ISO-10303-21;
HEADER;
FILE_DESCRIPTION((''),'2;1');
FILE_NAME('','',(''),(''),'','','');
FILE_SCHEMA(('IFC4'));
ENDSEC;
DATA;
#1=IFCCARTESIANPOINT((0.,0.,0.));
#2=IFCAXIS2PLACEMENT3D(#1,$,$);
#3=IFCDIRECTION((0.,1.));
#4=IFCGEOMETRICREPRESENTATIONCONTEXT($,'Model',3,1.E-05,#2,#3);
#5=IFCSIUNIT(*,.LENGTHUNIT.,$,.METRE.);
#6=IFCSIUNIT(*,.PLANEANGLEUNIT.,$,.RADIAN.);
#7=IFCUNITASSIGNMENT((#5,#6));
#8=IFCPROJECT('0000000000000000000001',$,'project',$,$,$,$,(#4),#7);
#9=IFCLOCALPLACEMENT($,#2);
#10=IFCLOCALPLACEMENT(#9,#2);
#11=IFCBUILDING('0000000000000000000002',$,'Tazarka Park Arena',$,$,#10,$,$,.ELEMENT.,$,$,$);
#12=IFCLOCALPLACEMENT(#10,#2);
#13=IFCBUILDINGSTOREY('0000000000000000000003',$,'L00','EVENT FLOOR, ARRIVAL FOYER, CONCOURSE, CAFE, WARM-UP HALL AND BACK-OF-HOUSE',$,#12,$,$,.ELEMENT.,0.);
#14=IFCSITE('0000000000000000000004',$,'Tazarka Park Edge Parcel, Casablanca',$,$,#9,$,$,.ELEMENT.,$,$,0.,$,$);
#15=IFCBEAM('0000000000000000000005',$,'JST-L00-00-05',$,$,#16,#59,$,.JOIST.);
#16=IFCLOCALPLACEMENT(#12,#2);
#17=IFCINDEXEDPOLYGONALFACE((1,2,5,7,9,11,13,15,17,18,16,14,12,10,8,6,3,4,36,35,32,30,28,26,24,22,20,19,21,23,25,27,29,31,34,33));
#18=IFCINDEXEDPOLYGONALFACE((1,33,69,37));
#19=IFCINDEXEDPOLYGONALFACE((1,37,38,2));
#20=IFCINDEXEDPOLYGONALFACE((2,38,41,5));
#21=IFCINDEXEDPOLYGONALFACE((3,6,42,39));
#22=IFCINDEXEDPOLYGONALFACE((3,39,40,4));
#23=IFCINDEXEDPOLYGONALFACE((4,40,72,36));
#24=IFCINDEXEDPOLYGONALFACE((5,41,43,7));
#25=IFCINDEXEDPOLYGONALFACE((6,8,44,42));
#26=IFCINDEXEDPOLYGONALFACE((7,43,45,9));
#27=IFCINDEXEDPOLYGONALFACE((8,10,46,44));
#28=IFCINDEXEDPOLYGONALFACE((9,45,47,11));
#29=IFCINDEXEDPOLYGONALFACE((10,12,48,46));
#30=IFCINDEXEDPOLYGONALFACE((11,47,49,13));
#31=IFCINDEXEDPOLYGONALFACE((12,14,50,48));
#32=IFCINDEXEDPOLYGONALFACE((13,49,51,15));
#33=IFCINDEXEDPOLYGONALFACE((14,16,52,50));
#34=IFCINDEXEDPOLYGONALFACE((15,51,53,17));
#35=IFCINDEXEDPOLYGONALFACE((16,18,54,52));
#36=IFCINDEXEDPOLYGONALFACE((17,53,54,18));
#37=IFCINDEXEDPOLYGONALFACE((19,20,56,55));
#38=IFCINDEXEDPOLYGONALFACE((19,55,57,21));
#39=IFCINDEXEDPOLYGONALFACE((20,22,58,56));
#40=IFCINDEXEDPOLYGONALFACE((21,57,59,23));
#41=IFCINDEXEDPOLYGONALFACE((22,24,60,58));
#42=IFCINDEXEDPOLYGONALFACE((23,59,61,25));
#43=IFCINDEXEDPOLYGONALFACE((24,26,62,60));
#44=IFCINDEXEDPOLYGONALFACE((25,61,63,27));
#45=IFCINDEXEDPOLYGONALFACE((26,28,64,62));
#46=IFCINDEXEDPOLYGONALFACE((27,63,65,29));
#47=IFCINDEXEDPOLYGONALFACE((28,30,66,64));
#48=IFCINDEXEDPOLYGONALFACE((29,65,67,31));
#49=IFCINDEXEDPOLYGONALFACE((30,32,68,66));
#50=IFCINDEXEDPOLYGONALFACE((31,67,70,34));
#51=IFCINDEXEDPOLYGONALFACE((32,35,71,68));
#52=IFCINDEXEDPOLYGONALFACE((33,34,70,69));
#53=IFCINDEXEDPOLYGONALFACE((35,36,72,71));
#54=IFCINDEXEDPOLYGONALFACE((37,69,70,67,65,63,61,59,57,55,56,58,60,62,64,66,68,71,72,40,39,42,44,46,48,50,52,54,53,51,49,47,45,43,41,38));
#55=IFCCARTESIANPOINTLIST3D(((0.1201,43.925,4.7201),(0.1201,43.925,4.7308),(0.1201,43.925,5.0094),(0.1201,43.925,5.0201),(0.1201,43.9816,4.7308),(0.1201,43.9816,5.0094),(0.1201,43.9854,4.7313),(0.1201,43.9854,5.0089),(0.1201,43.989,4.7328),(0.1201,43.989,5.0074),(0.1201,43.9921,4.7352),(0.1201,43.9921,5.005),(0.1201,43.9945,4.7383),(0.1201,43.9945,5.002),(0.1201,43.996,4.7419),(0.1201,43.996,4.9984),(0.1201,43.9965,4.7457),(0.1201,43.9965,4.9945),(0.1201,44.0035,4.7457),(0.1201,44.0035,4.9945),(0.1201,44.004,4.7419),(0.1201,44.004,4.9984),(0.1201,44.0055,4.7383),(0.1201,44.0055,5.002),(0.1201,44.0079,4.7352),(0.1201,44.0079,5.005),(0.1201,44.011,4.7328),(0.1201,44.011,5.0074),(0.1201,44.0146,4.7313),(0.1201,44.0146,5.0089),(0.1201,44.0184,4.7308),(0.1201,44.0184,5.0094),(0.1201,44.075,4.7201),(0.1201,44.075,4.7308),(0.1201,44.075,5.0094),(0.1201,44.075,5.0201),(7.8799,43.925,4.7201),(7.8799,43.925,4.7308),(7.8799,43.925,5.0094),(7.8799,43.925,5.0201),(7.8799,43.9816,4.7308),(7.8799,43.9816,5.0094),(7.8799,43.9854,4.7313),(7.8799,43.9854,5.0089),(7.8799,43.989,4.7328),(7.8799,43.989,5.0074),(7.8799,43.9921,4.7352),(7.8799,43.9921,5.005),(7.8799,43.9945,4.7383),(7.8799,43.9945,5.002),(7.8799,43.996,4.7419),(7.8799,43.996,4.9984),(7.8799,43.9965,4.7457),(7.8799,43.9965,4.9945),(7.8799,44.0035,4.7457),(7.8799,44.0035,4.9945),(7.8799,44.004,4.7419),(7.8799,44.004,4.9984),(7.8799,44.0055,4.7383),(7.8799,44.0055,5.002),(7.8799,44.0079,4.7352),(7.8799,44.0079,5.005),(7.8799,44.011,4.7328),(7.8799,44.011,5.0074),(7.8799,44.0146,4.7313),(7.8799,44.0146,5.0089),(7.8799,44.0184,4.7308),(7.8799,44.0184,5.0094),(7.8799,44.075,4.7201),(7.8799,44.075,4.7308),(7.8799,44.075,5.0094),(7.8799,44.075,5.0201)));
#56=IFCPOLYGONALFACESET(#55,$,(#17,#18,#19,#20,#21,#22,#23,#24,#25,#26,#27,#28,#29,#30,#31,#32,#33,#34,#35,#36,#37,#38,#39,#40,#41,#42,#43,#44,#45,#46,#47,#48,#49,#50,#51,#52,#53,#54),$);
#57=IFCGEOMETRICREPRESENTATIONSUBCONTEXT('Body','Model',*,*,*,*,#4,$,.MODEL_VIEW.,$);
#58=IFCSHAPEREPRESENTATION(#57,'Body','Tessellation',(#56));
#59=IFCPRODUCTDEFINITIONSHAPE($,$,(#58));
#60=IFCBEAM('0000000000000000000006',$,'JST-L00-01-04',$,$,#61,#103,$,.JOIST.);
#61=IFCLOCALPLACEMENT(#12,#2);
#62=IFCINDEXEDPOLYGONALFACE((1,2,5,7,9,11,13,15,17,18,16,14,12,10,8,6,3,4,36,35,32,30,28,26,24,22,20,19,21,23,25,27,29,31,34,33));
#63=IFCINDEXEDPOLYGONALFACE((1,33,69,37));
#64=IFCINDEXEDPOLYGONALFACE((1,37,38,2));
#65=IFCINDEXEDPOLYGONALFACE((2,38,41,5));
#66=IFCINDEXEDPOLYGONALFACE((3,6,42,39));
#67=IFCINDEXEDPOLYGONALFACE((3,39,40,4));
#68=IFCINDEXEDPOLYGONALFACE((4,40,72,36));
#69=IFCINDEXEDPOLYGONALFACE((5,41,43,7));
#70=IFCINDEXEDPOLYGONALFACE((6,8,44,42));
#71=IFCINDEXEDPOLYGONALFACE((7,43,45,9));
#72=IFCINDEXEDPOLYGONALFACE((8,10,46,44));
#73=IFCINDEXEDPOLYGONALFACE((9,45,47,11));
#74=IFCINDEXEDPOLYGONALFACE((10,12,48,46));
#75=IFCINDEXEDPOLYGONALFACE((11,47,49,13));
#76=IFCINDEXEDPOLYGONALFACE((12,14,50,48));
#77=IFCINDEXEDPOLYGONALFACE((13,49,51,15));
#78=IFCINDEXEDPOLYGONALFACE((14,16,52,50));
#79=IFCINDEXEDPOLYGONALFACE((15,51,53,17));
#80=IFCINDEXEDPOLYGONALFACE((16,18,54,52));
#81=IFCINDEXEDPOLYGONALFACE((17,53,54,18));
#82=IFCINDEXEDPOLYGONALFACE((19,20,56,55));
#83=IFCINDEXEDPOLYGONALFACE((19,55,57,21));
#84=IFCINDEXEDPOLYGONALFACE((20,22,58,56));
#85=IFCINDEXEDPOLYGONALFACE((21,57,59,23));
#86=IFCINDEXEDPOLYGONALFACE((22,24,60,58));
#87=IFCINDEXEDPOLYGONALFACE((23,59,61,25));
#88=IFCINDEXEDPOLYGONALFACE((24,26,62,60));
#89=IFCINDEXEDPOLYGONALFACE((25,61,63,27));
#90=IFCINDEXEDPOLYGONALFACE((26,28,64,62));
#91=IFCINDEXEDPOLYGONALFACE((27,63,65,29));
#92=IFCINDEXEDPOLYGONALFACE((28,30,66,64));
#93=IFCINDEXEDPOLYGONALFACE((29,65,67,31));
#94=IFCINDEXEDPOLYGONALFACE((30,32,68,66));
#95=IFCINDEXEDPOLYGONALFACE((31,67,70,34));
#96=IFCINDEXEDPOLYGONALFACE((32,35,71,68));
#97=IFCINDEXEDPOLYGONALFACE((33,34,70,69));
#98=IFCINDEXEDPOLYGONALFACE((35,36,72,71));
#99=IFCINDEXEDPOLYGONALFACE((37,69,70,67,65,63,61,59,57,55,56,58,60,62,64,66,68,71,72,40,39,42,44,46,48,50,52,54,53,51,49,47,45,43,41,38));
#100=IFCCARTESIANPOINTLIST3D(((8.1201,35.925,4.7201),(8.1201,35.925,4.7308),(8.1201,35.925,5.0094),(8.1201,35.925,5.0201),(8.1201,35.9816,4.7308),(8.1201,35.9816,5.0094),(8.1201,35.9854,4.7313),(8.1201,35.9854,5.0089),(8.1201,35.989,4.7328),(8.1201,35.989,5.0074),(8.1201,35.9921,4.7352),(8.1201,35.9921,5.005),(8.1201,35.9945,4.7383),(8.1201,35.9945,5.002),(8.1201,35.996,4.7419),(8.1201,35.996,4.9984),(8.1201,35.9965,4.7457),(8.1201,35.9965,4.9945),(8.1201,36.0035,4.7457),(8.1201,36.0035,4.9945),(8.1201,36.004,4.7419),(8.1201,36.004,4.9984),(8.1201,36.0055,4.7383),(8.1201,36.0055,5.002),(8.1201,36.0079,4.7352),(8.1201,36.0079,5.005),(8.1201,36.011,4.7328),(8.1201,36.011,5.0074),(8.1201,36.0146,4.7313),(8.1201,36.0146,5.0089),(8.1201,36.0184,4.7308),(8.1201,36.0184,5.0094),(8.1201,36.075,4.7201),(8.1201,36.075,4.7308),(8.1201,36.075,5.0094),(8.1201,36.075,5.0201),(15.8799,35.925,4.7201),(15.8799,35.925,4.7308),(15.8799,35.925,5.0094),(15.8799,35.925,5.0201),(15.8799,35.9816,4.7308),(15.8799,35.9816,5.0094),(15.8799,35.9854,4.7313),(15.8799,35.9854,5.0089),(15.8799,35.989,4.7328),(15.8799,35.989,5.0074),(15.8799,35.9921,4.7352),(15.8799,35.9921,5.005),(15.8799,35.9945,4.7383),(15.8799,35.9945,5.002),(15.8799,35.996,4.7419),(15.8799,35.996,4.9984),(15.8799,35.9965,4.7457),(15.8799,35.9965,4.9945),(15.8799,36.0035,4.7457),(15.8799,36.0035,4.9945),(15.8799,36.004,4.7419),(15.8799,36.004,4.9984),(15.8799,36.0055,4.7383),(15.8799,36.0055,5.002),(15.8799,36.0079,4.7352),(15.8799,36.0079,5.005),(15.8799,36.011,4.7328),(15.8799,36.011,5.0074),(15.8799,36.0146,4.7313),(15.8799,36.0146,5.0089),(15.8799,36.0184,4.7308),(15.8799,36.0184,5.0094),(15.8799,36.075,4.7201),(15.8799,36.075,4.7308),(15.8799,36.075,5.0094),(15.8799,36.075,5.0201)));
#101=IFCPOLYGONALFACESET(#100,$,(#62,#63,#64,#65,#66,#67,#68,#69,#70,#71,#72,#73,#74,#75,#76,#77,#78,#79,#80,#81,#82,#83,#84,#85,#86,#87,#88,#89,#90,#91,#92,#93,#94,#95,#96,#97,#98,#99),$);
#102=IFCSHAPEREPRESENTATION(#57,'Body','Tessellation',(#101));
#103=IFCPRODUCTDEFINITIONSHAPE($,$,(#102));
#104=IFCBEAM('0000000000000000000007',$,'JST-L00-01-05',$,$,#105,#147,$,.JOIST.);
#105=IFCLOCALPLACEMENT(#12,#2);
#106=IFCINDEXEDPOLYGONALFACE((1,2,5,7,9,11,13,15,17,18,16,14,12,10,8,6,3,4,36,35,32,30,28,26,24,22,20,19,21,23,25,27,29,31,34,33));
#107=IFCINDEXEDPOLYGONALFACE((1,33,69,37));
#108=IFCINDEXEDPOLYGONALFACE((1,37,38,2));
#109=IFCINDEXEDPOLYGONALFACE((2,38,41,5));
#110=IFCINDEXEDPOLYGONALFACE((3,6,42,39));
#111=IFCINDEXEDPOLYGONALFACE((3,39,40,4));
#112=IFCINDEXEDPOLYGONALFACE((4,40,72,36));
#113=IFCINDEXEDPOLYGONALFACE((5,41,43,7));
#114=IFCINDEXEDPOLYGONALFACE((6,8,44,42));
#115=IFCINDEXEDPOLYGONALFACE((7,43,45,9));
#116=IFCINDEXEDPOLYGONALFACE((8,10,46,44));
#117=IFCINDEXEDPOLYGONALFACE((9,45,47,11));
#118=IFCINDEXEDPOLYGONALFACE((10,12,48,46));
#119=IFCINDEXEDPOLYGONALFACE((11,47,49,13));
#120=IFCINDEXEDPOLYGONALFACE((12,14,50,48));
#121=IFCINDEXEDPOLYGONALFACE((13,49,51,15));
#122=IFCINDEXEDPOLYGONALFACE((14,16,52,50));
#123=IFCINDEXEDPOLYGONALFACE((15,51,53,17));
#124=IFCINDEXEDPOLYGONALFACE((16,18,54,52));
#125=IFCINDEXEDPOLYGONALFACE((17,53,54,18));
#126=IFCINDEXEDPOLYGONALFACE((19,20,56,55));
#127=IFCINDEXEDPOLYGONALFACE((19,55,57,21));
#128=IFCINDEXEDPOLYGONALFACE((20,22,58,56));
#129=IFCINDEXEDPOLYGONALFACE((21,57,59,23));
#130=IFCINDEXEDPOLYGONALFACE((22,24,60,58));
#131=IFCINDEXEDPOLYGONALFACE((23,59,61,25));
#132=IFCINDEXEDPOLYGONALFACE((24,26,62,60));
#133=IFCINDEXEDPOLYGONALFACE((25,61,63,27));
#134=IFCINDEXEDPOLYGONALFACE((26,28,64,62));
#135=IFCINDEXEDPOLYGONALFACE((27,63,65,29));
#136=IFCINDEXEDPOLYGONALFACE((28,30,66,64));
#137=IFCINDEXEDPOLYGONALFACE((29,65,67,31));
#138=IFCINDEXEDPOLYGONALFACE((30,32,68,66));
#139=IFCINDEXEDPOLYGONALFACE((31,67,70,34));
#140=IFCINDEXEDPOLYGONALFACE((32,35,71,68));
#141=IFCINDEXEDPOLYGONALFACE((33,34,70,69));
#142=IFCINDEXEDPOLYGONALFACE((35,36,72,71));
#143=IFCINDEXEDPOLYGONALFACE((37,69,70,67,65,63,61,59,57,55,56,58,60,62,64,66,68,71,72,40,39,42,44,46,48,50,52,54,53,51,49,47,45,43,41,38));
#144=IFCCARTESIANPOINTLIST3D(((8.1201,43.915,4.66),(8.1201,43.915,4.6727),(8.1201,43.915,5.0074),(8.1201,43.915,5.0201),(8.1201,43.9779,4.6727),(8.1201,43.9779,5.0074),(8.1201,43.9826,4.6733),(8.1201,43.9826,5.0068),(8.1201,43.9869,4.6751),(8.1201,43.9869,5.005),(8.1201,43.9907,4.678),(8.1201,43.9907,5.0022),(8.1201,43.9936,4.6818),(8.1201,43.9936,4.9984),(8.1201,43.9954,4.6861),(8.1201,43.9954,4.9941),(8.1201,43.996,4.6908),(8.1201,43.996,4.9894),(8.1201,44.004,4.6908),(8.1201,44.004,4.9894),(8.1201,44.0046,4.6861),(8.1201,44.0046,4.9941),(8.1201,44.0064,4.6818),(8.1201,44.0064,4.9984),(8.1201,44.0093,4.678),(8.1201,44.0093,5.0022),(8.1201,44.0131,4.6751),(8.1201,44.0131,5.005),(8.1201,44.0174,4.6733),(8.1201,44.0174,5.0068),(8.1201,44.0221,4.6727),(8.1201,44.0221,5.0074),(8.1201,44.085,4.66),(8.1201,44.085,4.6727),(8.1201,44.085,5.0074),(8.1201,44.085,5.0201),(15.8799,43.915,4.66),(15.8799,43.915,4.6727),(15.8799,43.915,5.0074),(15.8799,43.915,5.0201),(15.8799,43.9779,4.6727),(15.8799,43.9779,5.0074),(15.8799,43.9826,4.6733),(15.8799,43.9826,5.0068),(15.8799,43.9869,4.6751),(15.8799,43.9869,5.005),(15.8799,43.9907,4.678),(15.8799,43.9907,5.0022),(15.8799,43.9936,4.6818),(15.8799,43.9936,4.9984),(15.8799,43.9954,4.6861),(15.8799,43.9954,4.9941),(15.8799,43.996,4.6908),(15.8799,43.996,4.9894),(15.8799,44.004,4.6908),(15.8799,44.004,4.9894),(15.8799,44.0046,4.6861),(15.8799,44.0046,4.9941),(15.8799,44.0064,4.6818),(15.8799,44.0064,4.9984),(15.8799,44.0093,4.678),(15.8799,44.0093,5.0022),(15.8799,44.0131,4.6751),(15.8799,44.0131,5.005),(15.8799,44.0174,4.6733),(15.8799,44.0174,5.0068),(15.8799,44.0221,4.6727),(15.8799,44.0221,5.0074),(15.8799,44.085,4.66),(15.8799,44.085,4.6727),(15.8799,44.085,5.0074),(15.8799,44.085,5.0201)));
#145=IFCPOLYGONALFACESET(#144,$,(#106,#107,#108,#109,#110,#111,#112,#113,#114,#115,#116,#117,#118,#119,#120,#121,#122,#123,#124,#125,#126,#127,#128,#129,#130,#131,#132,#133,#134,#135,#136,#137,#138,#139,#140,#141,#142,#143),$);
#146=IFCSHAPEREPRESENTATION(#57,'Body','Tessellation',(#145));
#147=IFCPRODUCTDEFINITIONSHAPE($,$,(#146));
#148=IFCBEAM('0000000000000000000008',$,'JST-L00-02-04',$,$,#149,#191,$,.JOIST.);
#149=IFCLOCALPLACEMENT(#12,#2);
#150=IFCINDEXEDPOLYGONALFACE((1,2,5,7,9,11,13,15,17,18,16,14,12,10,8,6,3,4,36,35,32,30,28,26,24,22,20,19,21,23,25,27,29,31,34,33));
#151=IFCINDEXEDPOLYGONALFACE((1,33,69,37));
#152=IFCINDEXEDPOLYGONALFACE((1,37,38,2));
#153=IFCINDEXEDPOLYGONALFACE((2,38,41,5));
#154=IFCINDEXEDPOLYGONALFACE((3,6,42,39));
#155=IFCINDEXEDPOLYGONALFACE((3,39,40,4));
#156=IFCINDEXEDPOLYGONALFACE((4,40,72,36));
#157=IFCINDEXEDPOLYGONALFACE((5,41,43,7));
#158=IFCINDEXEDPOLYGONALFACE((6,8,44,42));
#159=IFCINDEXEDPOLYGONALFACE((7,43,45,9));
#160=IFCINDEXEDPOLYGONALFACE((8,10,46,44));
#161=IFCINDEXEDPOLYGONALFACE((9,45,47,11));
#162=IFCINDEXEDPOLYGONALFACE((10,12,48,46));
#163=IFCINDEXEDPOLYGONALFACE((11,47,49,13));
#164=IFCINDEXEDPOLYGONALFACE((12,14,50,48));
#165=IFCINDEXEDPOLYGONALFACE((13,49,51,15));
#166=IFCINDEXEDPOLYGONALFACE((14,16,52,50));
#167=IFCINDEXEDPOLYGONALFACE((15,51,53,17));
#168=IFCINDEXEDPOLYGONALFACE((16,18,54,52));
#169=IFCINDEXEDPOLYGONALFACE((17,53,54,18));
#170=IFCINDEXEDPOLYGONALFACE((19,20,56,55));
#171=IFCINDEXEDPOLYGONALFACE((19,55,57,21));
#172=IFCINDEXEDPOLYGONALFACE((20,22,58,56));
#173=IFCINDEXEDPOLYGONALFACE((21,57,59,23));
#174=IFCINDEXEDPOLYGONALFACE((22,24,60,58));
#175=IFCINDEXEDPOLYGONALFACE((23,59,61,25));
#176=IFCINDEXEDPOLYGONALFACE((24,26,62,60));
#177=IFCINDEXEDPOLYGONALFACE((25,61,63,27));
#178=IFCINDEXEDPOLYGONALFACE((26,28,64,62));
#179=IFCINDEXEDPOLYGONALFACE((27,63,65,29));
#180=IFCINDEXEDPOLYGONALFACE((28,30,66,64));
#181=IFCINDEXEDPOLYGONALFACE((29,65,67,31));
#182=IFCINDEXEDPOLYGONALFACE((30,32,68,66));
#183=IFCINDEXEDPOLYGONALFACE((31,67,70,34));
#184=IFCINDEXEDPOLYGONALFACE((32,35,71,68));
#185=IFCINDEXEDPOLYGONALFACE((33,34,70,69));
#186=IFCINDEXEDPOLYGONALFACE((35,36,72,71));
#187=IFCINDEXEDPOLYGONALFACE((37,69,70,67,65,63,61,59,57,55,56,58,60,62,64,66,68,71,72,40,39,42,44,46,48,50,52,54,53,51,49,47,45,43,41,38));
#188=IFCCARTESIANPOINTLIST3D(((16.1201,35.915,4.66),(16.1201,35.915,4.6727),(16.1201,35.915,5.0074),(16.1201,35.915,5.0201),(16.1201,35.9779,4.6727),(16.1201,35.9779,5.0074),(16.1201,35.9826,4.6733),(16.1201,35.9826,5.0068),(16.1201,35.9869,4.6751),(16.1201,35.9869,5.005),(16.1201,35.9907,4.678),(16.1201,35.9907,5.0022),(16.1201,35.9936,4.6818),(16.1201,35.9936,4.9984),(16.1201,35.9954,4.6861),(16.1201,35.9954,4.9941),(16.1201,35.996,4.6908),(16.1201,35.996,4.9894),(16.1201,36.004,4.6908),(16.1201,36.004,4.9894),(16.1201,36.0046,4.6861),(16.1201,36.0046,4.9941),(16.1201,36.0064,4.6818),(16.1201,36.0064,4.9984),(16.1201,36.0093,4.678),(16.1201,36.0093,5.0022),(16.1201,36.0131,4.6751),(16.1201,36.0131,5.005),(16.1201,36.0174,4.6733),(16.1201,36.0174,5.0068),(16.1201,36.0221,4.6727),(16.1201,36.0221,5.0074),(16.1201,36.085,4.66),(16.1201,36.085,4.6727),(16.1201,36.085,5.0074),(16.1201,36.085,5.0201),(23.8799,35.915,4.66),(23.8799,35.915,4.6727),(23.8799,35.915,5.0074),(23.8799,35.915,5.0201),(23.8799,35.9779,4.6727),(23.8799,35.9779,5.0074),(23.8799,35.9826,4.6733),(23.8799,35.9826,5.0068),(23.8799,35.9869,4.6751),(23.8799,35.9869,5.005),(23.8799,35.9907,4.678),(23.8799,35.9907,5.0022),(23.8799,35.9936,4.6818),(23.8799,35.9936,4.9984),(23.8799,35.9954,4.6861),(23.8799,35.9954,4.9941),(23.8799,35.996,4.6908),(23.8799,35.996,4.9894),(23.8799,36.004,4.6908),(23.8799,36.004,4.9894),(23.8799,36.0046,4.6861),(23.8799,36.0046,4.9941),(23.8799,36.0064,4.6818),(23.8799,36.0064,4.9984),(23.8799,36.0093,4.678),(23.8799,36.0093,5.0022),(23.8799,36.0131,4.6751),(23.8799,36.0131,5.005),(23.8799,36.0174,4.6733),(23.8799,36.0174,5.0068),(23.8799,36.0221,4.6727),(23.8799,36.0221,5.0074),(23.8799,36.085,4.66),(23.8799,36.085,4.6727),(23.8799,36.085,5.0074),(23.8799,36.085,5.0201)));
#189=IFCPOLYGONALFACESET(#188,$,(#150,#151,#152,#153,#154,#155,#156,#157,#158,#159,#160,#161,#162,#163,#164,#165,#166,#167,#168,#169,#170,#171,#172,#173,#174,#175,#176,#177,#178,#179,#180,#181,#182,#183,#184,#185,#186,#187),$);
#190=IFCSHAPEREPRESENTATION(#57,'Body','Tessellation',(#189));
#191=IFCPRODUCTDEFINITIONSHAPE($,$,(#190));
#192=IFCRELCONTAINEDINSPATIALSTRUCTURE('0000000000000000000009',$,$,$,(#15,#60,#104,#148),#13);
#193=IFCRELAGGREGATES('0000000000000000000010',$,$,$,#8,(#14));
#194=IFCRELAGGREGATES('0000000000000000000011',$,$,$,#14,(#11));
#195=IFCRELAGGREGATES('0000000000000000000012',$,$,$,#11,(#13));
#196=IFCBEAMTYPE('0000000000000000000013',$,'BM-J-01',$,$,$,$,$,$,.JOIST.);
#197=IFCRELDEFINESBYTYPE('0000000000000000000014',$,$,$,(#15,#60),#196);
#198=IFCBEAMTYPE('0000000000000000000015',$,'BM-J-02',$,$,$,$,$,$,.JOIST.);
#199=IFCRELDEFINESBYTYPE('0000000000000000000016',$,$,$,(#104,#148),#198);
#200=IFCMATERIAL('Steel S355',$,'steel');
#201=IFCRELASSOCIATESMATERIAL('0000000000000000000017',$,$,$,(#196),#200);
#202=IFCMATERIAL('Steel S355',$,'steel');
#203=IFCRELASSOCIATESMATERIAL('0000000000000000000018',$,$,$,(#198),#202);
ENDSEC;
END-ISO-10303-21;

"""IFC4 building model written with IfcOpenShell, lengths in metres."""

from ifc_helpers import new_model, si_unit, direction, frame, origin, origin_2d, place, context, subcontext, project, spatial, i_section, extrude, material, material_profile, profile_set, type_object, element, save


model = new_model("IFC4")

# Units and contexts
model_context = context("Model", 3, precision=1e-05, world=origin(), true_north=direction((0.0, 1.0)))
body_context = subcontext(model_context, "Body", "Model", "MODEL_VIEW")
ifc_project = project(units=[si_unit("LENGTHUNIT", "METRE"), si_unit("PLANEANGLEUNIT", "RADIAN")], contexts=[model_context])

# Site, building, storey
site_placement = place(None, origin())
site = spatial("IfcSite", under=ifc_project, at=site_placement, Name="Tazarka Park Edge Parcel, Casablanca", CompositionType="ELEMENT", RefElevation=0.0)
building_placement = place(site_placement, origin())
building = spatial("IfcBuilding", under=site, at=building_placement, Name="Tazarka Park Arena", CompositionType="ELEMENT")
storey_placement = place(building_placement, origin())
storey = spatial("IfcBuildingStorey", under=building, at=storey_placement, Name="L00", Description="EVENT FLOOR, ARRIVAL FOYER, CONCOURSE, CAFE, WARM-UP HALL AND BACK-OF-HOUSE", CompositionType="ELEMENT", Elevation=0.0)

# Beams
ifc_material_1 = material(Name="Steel S355", Category="steel")
ifc_material_profile_1 = material_profile(ifc_material_1, i_section(OverallWidth=0.1499, OverallDepth=0.3, WebThickness=0.0071, FlangeThickness=0.0107, FilletRadius=0.0149, at=origin_2d()), Name="Steel S355")
ifc_profile_set_1 = profile_set([ifc_material_profile_1], Name="Steel S355")
beam_type_1 = type_object("IfcBeamType", Name="BM-J-01", PredefinedType="JOIST", material=ifc_profile_set_1)
for number, where, z_axis, x_axis, name in (
    (1, (0.1201, 44.0, 4.8701), (1.0, 0.0, 0.0), (0.0, 1.0, 0.0), "JST-L00-00-05"),
    (2, (8.1201, 36.0, 4.8701), (1.0, 0.0, 0.0), (0.0, 1.0, 0.0), "JST-L00-01-04"),
):
    element("IfcBeam", number, at=place(storey_placement, frame(where, z_axis=z_axis, x_axis=x_axis)), inside=storey, type_object=beam_type_1, Name=name, PredefinedType="JOIST", context=body_context, shape_type="SweptSolid", body=[
        extrude(i_section(OverallWidth=0.1499, OverallDepth=0.3, WebThickness=0.0071, FlangeThickness=0.0107, FilletRadius=0.0149, at=origin_2d()), origin(), (0.0, 0.0, 1.0), 7.7598),
    ])
ifc_material_2 = material(Name="Steel S355", Category="steel")
ifc_material_profile_2 = material_profile(ifc_material_2, i_section(OverallWidth=0.1699, OverallDepth=0.3601, WebThickness=0.0081, FlangeThickness=0.0127, FilletRadius=0.0181, at=origin_2d()), Name="Steel S355")
ifc_profile_set_2 = profile_set([ifc_material_profile_2], Name="Steel S355")
beam_type_2 = type_object("IfcBeamType", Name="BM-J-02", PredefinedType="JOIST", material=ifc_profile_set_2)
for number, where, z_axis, x_axis, name in (
    (3, (8.1201, 44.0, 4.8401), (1.0, 0.0, 0.0), (0.0, 1.0, 0.0), "JST-L00-01-05"),
    (4, (16.1201, 36.0, 4.8401), (1.0, 0.0, 0.0), (0.0, 1.0, 0.0), "JST-L00-02-04"),
):
    element("IfcBeam", number, at=place(storey_placement, frame(where, z_axis=z_axis, x_axis=x_axis)), inside=storey, type_object=beam_type_2, Name=name, PredefinedType="JOIST", context=body_context, shape_type="SweptSolid", body=[
        extrude(i_section(OverallWidth=0.1699, OverallDepth=0.3601, WebThickness=0.0081, FlangeThickness=0.0127, FilletRadius=0.0181, at=origin_2d()), origin(), (0.0, 0.0, 1.0), 7.7598),
    ])

save(model, "model.ifc")
